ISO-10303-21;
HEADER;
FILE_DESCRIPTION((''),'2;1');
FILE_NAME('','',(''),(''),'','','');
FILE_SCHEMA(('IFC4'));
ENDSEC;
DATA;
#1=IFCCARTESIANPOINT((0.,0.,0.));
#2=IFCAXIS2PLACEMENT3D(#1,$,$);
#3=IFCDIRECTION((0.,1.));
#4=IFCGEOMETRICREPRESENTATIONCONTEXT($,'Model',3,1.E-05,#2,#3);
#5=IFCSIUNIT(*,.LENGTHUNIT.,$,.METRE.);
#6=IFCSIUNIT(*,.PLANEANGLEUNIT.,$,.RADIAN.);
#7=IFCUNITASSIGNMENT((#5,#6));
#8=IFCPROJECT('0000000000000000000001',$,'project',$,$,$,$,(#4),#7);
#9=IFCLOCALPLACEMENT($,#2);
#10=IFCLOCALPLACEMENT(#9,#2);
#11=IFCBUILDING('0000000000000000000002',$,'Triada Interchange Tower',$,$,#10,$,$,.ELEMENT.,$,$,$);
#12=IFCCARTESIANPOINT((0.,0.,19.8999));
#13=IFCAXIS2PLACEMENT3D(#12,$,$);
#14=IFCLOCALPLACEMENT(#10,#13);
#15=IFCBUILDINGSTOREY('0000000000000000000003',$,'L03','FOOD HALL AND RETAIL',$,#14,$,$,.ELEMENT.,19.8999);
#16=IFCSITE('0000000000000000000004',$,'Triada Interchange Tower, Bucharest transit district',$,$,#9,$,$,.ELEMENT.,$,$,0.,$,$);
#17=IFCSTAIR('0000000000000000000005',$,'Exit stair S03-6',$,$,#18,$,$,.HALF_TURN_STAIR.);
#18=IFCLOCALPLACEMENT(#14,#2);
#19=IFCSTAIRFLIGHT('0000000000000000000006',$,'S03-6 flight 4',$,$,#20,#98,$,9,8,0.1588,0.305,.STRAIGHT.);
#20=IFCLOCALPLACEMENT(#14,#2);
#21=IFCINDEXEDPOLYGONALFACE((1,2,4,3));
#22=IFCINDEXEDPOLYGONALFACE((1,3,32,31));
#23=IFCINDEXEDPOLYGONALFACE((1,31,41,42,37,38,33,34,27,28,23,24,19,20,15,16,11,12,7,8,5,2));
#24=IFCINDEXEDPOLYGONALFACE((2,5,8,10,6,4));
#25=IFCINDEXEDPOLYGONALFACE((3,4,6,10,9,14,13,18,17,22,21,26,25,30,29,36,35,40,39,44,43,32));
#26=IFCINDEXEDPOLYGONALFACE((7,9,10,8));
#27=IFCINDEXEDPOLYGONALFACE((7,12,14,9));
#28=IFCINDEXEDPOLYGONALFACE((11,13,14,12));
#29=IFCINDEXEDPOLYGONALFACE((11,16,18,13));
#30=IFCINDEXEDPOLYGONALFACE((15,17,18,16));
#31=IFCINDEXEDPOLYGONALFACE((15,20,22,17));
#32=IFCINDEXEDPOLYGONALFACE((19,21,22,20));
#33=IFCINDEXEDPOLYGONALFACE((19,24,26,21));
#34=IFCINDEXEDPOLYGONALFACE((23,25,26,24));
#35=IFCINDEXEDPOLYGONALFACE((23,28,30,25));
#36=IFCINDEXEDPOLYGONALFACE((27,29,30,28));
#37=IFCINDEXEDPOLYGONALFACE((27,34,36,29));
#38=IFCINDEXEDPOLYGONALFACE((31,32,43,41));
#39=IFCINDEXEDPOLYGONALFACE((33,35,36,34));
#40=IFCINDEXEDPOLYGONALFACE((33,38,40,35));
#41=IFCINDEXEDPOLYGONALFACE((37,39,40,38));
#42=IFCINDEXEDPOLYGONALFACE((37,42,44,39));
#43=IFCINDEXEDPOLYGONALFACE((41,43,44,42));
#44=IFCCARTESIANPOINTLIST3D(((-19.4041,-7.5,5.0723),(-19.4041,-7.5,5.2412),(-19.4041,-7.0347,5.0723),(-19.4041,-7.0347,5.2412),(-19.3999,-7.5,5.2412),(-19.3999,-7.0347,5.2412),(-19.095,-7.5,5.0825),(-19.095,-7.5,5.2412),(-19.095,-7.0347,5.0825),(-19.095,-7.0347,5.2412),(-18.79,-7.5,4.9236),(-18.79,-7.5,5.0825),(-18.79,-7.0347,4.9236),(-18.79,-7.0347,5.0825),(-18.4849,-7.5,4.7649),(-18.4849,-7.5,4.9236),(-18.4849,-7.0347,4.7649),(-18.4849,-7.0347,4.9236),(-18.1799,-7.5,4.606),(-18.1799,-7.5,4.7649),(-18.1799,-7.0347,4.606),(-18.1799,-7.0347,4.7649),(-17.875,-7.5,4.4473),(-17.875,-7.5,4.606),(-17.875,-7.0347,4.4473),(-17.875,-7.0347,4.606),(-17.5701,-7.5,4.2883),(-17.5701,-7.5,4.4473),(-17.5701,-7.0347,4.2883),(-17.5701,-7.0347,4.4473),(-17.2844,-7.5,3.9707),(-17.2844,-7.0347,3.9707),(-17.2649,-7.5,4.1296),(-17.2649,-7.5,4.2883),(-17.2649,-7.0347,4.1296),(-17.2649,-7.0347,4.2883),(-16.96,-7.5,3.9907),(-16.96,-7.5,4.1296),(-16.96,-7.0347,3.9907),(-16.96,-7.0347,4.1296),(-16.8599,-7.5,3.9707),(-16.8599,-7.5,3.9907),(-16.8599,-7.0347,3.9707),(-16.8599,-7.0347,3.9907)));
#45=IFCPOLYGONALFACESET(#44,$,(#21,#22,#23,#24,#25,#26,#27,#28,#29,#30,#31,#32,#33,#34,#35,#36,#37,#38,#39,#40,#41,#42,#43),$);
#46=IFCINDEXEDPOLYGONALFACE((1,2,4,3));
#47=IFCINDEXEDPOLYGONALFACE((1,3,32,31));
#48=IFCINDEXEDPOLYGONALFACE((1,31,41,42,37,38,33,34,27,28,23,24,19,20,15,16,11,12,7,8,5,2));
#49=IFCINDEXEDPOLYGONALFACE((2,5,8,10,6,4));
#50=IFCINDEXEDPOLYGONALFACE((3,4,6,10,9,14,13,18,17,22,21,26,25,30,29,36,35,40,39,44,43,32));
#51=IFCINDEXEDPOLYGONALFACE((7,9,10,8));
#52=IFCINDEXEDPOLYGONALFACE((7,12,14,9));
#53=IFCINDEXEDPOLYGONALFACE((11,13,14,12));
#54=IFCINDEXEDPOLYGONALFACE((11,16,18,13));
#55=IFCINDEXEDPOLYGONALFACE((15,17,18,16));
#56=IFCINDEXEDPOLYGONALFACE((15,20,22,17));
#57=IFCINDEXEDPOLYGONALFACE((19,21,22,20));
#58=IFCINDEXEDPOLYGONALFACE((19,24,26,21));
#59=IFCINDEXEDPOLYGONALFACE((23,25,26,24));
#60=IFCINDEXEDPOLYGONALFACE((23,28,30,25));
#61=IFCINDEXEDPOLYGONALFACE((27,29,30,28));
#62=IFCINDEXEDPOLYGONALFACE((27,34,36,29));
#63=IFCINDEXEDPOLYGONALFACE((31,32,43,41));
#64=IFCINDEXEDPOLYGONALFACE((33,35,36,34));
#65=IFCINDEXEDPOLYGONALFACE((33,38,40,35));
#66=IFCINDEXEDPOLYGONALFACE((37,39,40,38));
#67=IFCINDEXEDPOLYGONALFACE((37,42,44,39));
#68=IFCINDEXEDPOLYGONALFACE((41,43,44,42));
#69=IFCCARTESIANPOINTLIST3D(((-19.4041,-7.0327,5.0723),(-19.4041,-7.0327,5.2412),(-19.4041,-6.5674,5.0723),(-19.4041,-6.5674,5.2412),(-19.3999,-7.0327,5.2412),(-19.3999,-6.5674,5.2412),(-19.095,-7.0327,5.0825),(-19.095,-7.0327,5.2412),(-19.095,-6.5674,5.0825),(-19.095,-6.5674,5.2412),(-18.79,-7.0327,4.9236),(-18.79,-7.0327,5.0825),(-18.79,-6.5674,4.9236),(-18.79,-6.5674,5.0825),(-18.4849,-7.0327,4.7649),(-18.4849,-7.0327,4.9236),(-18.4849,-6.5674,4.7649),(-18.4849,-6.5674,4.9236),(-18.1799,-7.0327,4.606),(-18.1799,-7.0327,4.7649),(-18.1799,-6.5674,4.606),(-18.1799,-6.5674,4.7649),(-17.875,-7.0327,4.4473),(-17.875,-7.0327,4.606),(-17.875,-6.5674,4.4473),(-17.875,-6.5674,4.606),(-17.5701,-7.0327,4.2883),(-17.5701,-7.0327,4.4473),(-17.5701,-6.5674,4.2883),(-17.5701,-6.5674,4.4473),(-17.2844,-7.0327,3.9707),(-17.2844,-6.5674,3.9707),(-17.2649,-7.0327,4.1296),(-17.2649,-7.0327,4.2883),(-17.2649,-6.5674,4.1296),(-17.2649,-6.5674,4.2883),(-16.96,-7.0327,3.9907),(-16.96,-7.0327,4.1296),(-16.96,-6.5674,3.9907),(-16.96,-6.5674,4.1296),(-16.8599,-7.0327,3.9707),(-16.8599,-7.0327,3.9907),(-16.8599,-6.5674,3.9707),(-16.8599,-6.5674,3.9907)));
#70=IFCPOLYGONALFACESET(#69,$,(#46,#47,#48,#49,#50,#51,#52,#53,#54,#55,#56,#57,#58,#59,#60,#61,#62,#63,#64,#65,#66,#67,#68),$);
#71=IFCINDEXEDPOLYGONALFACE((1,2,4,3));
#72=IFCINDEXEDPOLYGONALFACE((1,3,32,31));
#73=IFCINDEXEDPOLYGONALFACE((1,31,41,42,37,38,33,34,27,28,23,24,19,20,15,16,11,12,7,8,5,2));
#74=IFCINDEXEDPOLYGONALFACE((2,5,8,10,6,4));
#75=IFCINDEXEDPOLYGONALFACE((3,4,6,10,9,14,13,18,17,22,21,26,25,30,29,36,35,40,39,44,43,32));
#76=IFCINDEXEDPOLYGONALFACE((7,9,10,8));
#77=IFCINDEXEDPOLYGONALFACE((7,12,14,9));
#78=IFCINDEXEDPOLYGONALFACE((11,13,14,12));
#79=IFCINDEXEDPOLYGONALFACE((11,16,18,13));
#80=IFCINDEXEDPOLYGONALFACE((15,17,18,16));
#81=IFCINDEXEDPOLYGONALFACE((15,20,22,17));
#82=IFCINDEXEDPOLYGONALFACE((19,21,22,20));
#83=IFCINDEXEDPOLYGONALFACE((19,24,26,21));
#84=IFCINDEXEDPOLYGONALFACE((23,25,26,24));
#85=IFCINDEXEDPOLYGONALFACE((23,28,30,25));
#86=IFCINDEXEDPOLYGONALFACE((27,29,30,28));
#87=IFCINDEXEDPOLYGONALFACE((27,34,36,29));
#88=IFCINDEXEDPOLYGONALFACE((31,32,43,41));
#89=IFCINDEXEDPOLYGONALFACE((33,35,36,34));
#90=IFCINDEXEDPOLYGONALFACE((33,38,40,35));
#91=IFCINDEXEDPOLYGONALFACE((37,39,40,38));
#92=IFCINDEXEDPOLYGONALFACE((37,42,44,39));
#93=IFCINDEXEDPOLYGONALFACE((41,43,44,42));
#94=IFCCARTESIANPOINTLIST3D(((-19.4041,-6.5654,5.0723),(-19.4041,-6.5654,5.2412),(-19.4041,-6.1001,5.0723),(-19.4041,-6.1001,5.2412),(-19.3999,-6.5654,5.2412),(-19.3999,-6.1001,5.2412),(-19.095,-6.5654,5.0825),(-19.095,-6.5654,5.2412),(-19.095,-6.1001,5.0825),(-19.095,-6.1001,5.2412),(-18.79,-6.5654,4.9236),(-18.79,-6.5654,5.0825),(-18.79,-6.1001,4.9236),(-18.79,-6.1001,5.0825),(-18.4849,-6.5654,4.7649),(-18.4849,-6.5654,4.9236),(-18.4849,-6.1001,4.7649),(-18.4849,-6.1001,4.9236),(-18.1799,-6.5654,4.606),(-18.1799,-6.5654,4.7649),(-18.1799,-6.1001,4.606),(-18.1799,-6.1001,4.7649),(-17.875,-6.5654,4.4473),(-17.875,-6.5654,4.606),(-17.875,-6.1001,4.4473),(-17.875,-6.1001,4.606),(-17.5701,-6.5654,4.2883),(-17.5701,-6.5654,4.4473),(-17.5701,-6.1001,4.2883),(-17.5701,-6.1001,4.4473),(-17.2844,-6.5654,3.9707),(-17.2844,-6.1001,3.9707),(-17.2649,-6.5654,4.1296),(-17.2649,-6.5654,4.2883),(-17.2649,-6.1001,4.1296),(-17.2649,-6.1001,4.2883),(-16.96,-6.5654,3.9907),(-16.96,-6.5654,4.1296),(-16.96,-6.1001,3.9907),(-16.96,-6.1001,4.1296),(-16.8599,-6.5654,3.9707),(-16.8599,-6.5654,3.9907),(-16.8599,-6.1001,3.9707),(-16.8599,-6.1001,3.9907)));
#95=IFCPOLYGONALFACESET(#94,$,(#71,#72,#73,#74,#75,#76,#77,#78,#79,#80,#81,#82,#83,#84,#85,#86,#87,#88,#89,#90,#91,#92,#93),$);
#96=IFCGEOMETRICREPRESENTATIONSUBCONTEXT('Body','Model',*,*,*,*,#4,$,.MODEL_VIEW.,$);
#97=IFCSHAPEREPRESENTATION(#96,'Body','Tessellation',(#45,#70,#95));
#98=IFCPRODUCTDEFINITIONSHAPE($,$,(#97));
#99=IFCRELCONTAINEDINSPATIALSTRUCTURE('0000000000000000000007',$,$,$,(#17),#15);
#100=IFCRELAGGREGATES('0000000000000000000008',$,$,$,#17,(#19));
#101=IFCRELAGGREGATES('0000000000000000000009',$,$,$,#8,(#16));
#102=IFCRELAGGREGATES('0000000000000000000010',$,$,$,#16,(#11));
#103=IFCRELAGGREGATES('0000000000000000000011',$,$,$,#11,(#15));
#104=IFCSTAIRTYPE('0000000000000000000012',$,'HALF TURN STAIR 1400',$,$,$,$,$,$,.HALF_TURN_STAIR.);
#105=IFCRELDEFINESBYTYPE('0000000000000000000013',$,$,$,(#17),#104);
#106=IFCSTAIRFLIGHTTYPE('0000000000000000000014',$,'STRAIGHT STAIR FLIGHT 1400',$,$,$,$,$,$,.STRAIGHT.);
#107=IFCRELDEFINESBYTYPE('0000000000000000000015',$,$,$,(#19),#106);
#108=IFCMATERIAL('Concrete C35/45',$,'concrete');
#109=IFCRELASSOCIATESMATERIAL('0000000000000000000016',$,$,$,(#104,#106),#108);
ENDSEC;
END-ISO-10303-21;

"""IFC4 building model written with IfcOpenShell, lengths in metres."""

from ifc_helpers import new_model, si_unit, direction, frame, origin, place, context, subcontext, project, spatial, polyline, outline, extrude, material, type_object, element, aggregate, save


model = new_model("IFC4")

# Units and contexts
model_context = context("Model", 3, precision=1e-05, world=origin(), true_north=direction((0.0, 1.0)))
body_context = subcontext(model_context, "Body", "Model", "MODEL_VIEW")
ifc_project = project(units=[si_unit("LENGTHUNIT", "METRE"), si_unit("PLANEANGLEUNIT", "RADIAN")], contexts=[model_context])

# Site, building, storey
site_placement = place(None, origin())
site = spatial("IfcSite", under=ifc_project, at=site_placement, Name="Triada Interchange Tower, Bucharest transit district", CompositionType="ELEMENT", RefElevation=0.0)
building_placement = place(site_placement, origin())
building = spatial("IfcBuilding", under=site, at=building_placement, Name="Triada Interchange Tower", CompositionType="ELEMENT")
storey_placement = place(building_placement, frame((0.0, 0.0, 19.8999)))
storey = spatial("IfcBuildingStorey", under=building, at=storey_placement, Name="L03", Description="FOOD HALL AND RETAIL", CompositionType="ELEMENT", Elevation=19.8999)

# Stair, stair flight
ifc_material_1 = material(Name="Concrete C35/45", Category="concrete")
stair_type = type_object("IfcStairType", Name="HALF TURN STAIR 1400", PredefinedType="HALF_TURN_STAIR", material=ifc_material_1)
stair_placement = place(storey_placement, origin())
stair = element("IfcStair", 1, at=stair_placement, inside=storey, type_object=stair_type, Name="Exit stair S03-6", PredefinedType="HALF_TURN_STAIR")
stair_flight_type = type_object("IfcStairFlightType", Name="STRAIGHT STAIR FLIGHT 1400", PredefinedType="STRAIGHT", material=ifc_material_1)
stair_flight_1_placement = place(storey_placement, frame((-16.96, -6.8, 3.9707), z_axis=(0.0, 0.0, 1.0), x_axis=(-1.0, 0.0, 0.0)))
stair_flight_1 = element("IfcStairFlight", 2, at=stair_flight_1_placement, type_object=stair_flight_type, Name="S03-6 flight 4", NumberOfRisers=9, NumberOfTreads=8, PredefinedType="STRAIGHT", RiserHeight=0.1588, TreadLength=0.305, context=body_context, shape_type="SweptSolid", body=[
    extrude(outline(polyline([(-0.1001, 0.0), (-0.1001, 0.02), (0.0, 0.02), (0.0, 0.1589), (0.3049, 0.1589), (0.3049, 0.3176), (0.6101, 0.3176), (0.6101, 0.4766), (0.915, 0.4766), (0.915, 0.6353), (1.22, 0.6353), (1.22, 0.7942), (1.5249, 0.7942), (1.5249, 0.9529), (1.8301, 0.9529), (1.8301, 1.1118), (2.135, 1.1118), (2.135, 1.2705), (2.4399, 1.2705), (2.4441, 1.2705), (2.4441, 1.4294), (2.4441, 1.1016), (0.3245, 0.0), (-0.1001, 0.0)])), frame((0.0, 0.7, 0.0), z_axis=(0.0, -1.0, 0.0), x_axis=(1.0, 0.0, 0.0)), (0.0, 0.0, 1.0), 0.4653),
    extrude(outline(polyline([(-0.1001, 0.0), (-0.1001, 0.02), (0.0, 0.02), (0.0, 0.1589), (0.3049, 0.1589), (0.3049, 0.3176), (0.6101, 0.3176), (0.6101, 0.4766), (0.915, 0.4766), (0.915, 0.6353), (1.22, 0.6353), (1.22, 0.7942), (1.5249, 0.7942), (1.5249, 0.9529), (1.8301, 0.9529), (1.8301, 1.1118), (2.135, 1.1118), (2.135, 1.2705), (2.4399, 1.2705), (2.4441, 1.2705), (2.4441, 1.4294), (2.4441, 1.1016), (0.3245, 0.0), (-0.1001, 0.0)])), frame((0.0, 0.2327, 0.0), z_axis=(0.0, -1.0, 0.0), x_axis=(1.0, 0.0, 0.0)), (0.0, 0.0, 1.0), 0.4653),
    extrude(outline(polyline([(-0.1001, 0.0), (-0.1001, 0.02), (0.0, 0.02), (0.0, 0.1589), (0.3049, 0.1589), (0.3049, 0.3176), (0.6101, 0.3176), (0.6101, 0.4766), (0.915, 0.4766), (0.915, 0.6353), (1.22, 0.6353), (1.22, 0.7942), (1.5249, 0.7942), (1.5249, 0.9529), (1.8301, 0.9529), (1.8301, 1.1118), (2.135, 1.1118), (2.135, 1.2705), (2.4399, 1.2705), (2.4441, 1.2705), (2.4441, 1.4294), (2.4441, 1.1016), (0.3245, 0.0), (-0.1001, 0.0)])), frame((0.0, -0.2346, 0.0), z_axis=(0.0, -1.0, 0.0), x_axis=(1.0, 0.0, 0.0)), (0.0, 0.0, 1.0), 0.4653),
])
aggregate(stair, [stair_flight_1])

save(model, "model.ifc")
